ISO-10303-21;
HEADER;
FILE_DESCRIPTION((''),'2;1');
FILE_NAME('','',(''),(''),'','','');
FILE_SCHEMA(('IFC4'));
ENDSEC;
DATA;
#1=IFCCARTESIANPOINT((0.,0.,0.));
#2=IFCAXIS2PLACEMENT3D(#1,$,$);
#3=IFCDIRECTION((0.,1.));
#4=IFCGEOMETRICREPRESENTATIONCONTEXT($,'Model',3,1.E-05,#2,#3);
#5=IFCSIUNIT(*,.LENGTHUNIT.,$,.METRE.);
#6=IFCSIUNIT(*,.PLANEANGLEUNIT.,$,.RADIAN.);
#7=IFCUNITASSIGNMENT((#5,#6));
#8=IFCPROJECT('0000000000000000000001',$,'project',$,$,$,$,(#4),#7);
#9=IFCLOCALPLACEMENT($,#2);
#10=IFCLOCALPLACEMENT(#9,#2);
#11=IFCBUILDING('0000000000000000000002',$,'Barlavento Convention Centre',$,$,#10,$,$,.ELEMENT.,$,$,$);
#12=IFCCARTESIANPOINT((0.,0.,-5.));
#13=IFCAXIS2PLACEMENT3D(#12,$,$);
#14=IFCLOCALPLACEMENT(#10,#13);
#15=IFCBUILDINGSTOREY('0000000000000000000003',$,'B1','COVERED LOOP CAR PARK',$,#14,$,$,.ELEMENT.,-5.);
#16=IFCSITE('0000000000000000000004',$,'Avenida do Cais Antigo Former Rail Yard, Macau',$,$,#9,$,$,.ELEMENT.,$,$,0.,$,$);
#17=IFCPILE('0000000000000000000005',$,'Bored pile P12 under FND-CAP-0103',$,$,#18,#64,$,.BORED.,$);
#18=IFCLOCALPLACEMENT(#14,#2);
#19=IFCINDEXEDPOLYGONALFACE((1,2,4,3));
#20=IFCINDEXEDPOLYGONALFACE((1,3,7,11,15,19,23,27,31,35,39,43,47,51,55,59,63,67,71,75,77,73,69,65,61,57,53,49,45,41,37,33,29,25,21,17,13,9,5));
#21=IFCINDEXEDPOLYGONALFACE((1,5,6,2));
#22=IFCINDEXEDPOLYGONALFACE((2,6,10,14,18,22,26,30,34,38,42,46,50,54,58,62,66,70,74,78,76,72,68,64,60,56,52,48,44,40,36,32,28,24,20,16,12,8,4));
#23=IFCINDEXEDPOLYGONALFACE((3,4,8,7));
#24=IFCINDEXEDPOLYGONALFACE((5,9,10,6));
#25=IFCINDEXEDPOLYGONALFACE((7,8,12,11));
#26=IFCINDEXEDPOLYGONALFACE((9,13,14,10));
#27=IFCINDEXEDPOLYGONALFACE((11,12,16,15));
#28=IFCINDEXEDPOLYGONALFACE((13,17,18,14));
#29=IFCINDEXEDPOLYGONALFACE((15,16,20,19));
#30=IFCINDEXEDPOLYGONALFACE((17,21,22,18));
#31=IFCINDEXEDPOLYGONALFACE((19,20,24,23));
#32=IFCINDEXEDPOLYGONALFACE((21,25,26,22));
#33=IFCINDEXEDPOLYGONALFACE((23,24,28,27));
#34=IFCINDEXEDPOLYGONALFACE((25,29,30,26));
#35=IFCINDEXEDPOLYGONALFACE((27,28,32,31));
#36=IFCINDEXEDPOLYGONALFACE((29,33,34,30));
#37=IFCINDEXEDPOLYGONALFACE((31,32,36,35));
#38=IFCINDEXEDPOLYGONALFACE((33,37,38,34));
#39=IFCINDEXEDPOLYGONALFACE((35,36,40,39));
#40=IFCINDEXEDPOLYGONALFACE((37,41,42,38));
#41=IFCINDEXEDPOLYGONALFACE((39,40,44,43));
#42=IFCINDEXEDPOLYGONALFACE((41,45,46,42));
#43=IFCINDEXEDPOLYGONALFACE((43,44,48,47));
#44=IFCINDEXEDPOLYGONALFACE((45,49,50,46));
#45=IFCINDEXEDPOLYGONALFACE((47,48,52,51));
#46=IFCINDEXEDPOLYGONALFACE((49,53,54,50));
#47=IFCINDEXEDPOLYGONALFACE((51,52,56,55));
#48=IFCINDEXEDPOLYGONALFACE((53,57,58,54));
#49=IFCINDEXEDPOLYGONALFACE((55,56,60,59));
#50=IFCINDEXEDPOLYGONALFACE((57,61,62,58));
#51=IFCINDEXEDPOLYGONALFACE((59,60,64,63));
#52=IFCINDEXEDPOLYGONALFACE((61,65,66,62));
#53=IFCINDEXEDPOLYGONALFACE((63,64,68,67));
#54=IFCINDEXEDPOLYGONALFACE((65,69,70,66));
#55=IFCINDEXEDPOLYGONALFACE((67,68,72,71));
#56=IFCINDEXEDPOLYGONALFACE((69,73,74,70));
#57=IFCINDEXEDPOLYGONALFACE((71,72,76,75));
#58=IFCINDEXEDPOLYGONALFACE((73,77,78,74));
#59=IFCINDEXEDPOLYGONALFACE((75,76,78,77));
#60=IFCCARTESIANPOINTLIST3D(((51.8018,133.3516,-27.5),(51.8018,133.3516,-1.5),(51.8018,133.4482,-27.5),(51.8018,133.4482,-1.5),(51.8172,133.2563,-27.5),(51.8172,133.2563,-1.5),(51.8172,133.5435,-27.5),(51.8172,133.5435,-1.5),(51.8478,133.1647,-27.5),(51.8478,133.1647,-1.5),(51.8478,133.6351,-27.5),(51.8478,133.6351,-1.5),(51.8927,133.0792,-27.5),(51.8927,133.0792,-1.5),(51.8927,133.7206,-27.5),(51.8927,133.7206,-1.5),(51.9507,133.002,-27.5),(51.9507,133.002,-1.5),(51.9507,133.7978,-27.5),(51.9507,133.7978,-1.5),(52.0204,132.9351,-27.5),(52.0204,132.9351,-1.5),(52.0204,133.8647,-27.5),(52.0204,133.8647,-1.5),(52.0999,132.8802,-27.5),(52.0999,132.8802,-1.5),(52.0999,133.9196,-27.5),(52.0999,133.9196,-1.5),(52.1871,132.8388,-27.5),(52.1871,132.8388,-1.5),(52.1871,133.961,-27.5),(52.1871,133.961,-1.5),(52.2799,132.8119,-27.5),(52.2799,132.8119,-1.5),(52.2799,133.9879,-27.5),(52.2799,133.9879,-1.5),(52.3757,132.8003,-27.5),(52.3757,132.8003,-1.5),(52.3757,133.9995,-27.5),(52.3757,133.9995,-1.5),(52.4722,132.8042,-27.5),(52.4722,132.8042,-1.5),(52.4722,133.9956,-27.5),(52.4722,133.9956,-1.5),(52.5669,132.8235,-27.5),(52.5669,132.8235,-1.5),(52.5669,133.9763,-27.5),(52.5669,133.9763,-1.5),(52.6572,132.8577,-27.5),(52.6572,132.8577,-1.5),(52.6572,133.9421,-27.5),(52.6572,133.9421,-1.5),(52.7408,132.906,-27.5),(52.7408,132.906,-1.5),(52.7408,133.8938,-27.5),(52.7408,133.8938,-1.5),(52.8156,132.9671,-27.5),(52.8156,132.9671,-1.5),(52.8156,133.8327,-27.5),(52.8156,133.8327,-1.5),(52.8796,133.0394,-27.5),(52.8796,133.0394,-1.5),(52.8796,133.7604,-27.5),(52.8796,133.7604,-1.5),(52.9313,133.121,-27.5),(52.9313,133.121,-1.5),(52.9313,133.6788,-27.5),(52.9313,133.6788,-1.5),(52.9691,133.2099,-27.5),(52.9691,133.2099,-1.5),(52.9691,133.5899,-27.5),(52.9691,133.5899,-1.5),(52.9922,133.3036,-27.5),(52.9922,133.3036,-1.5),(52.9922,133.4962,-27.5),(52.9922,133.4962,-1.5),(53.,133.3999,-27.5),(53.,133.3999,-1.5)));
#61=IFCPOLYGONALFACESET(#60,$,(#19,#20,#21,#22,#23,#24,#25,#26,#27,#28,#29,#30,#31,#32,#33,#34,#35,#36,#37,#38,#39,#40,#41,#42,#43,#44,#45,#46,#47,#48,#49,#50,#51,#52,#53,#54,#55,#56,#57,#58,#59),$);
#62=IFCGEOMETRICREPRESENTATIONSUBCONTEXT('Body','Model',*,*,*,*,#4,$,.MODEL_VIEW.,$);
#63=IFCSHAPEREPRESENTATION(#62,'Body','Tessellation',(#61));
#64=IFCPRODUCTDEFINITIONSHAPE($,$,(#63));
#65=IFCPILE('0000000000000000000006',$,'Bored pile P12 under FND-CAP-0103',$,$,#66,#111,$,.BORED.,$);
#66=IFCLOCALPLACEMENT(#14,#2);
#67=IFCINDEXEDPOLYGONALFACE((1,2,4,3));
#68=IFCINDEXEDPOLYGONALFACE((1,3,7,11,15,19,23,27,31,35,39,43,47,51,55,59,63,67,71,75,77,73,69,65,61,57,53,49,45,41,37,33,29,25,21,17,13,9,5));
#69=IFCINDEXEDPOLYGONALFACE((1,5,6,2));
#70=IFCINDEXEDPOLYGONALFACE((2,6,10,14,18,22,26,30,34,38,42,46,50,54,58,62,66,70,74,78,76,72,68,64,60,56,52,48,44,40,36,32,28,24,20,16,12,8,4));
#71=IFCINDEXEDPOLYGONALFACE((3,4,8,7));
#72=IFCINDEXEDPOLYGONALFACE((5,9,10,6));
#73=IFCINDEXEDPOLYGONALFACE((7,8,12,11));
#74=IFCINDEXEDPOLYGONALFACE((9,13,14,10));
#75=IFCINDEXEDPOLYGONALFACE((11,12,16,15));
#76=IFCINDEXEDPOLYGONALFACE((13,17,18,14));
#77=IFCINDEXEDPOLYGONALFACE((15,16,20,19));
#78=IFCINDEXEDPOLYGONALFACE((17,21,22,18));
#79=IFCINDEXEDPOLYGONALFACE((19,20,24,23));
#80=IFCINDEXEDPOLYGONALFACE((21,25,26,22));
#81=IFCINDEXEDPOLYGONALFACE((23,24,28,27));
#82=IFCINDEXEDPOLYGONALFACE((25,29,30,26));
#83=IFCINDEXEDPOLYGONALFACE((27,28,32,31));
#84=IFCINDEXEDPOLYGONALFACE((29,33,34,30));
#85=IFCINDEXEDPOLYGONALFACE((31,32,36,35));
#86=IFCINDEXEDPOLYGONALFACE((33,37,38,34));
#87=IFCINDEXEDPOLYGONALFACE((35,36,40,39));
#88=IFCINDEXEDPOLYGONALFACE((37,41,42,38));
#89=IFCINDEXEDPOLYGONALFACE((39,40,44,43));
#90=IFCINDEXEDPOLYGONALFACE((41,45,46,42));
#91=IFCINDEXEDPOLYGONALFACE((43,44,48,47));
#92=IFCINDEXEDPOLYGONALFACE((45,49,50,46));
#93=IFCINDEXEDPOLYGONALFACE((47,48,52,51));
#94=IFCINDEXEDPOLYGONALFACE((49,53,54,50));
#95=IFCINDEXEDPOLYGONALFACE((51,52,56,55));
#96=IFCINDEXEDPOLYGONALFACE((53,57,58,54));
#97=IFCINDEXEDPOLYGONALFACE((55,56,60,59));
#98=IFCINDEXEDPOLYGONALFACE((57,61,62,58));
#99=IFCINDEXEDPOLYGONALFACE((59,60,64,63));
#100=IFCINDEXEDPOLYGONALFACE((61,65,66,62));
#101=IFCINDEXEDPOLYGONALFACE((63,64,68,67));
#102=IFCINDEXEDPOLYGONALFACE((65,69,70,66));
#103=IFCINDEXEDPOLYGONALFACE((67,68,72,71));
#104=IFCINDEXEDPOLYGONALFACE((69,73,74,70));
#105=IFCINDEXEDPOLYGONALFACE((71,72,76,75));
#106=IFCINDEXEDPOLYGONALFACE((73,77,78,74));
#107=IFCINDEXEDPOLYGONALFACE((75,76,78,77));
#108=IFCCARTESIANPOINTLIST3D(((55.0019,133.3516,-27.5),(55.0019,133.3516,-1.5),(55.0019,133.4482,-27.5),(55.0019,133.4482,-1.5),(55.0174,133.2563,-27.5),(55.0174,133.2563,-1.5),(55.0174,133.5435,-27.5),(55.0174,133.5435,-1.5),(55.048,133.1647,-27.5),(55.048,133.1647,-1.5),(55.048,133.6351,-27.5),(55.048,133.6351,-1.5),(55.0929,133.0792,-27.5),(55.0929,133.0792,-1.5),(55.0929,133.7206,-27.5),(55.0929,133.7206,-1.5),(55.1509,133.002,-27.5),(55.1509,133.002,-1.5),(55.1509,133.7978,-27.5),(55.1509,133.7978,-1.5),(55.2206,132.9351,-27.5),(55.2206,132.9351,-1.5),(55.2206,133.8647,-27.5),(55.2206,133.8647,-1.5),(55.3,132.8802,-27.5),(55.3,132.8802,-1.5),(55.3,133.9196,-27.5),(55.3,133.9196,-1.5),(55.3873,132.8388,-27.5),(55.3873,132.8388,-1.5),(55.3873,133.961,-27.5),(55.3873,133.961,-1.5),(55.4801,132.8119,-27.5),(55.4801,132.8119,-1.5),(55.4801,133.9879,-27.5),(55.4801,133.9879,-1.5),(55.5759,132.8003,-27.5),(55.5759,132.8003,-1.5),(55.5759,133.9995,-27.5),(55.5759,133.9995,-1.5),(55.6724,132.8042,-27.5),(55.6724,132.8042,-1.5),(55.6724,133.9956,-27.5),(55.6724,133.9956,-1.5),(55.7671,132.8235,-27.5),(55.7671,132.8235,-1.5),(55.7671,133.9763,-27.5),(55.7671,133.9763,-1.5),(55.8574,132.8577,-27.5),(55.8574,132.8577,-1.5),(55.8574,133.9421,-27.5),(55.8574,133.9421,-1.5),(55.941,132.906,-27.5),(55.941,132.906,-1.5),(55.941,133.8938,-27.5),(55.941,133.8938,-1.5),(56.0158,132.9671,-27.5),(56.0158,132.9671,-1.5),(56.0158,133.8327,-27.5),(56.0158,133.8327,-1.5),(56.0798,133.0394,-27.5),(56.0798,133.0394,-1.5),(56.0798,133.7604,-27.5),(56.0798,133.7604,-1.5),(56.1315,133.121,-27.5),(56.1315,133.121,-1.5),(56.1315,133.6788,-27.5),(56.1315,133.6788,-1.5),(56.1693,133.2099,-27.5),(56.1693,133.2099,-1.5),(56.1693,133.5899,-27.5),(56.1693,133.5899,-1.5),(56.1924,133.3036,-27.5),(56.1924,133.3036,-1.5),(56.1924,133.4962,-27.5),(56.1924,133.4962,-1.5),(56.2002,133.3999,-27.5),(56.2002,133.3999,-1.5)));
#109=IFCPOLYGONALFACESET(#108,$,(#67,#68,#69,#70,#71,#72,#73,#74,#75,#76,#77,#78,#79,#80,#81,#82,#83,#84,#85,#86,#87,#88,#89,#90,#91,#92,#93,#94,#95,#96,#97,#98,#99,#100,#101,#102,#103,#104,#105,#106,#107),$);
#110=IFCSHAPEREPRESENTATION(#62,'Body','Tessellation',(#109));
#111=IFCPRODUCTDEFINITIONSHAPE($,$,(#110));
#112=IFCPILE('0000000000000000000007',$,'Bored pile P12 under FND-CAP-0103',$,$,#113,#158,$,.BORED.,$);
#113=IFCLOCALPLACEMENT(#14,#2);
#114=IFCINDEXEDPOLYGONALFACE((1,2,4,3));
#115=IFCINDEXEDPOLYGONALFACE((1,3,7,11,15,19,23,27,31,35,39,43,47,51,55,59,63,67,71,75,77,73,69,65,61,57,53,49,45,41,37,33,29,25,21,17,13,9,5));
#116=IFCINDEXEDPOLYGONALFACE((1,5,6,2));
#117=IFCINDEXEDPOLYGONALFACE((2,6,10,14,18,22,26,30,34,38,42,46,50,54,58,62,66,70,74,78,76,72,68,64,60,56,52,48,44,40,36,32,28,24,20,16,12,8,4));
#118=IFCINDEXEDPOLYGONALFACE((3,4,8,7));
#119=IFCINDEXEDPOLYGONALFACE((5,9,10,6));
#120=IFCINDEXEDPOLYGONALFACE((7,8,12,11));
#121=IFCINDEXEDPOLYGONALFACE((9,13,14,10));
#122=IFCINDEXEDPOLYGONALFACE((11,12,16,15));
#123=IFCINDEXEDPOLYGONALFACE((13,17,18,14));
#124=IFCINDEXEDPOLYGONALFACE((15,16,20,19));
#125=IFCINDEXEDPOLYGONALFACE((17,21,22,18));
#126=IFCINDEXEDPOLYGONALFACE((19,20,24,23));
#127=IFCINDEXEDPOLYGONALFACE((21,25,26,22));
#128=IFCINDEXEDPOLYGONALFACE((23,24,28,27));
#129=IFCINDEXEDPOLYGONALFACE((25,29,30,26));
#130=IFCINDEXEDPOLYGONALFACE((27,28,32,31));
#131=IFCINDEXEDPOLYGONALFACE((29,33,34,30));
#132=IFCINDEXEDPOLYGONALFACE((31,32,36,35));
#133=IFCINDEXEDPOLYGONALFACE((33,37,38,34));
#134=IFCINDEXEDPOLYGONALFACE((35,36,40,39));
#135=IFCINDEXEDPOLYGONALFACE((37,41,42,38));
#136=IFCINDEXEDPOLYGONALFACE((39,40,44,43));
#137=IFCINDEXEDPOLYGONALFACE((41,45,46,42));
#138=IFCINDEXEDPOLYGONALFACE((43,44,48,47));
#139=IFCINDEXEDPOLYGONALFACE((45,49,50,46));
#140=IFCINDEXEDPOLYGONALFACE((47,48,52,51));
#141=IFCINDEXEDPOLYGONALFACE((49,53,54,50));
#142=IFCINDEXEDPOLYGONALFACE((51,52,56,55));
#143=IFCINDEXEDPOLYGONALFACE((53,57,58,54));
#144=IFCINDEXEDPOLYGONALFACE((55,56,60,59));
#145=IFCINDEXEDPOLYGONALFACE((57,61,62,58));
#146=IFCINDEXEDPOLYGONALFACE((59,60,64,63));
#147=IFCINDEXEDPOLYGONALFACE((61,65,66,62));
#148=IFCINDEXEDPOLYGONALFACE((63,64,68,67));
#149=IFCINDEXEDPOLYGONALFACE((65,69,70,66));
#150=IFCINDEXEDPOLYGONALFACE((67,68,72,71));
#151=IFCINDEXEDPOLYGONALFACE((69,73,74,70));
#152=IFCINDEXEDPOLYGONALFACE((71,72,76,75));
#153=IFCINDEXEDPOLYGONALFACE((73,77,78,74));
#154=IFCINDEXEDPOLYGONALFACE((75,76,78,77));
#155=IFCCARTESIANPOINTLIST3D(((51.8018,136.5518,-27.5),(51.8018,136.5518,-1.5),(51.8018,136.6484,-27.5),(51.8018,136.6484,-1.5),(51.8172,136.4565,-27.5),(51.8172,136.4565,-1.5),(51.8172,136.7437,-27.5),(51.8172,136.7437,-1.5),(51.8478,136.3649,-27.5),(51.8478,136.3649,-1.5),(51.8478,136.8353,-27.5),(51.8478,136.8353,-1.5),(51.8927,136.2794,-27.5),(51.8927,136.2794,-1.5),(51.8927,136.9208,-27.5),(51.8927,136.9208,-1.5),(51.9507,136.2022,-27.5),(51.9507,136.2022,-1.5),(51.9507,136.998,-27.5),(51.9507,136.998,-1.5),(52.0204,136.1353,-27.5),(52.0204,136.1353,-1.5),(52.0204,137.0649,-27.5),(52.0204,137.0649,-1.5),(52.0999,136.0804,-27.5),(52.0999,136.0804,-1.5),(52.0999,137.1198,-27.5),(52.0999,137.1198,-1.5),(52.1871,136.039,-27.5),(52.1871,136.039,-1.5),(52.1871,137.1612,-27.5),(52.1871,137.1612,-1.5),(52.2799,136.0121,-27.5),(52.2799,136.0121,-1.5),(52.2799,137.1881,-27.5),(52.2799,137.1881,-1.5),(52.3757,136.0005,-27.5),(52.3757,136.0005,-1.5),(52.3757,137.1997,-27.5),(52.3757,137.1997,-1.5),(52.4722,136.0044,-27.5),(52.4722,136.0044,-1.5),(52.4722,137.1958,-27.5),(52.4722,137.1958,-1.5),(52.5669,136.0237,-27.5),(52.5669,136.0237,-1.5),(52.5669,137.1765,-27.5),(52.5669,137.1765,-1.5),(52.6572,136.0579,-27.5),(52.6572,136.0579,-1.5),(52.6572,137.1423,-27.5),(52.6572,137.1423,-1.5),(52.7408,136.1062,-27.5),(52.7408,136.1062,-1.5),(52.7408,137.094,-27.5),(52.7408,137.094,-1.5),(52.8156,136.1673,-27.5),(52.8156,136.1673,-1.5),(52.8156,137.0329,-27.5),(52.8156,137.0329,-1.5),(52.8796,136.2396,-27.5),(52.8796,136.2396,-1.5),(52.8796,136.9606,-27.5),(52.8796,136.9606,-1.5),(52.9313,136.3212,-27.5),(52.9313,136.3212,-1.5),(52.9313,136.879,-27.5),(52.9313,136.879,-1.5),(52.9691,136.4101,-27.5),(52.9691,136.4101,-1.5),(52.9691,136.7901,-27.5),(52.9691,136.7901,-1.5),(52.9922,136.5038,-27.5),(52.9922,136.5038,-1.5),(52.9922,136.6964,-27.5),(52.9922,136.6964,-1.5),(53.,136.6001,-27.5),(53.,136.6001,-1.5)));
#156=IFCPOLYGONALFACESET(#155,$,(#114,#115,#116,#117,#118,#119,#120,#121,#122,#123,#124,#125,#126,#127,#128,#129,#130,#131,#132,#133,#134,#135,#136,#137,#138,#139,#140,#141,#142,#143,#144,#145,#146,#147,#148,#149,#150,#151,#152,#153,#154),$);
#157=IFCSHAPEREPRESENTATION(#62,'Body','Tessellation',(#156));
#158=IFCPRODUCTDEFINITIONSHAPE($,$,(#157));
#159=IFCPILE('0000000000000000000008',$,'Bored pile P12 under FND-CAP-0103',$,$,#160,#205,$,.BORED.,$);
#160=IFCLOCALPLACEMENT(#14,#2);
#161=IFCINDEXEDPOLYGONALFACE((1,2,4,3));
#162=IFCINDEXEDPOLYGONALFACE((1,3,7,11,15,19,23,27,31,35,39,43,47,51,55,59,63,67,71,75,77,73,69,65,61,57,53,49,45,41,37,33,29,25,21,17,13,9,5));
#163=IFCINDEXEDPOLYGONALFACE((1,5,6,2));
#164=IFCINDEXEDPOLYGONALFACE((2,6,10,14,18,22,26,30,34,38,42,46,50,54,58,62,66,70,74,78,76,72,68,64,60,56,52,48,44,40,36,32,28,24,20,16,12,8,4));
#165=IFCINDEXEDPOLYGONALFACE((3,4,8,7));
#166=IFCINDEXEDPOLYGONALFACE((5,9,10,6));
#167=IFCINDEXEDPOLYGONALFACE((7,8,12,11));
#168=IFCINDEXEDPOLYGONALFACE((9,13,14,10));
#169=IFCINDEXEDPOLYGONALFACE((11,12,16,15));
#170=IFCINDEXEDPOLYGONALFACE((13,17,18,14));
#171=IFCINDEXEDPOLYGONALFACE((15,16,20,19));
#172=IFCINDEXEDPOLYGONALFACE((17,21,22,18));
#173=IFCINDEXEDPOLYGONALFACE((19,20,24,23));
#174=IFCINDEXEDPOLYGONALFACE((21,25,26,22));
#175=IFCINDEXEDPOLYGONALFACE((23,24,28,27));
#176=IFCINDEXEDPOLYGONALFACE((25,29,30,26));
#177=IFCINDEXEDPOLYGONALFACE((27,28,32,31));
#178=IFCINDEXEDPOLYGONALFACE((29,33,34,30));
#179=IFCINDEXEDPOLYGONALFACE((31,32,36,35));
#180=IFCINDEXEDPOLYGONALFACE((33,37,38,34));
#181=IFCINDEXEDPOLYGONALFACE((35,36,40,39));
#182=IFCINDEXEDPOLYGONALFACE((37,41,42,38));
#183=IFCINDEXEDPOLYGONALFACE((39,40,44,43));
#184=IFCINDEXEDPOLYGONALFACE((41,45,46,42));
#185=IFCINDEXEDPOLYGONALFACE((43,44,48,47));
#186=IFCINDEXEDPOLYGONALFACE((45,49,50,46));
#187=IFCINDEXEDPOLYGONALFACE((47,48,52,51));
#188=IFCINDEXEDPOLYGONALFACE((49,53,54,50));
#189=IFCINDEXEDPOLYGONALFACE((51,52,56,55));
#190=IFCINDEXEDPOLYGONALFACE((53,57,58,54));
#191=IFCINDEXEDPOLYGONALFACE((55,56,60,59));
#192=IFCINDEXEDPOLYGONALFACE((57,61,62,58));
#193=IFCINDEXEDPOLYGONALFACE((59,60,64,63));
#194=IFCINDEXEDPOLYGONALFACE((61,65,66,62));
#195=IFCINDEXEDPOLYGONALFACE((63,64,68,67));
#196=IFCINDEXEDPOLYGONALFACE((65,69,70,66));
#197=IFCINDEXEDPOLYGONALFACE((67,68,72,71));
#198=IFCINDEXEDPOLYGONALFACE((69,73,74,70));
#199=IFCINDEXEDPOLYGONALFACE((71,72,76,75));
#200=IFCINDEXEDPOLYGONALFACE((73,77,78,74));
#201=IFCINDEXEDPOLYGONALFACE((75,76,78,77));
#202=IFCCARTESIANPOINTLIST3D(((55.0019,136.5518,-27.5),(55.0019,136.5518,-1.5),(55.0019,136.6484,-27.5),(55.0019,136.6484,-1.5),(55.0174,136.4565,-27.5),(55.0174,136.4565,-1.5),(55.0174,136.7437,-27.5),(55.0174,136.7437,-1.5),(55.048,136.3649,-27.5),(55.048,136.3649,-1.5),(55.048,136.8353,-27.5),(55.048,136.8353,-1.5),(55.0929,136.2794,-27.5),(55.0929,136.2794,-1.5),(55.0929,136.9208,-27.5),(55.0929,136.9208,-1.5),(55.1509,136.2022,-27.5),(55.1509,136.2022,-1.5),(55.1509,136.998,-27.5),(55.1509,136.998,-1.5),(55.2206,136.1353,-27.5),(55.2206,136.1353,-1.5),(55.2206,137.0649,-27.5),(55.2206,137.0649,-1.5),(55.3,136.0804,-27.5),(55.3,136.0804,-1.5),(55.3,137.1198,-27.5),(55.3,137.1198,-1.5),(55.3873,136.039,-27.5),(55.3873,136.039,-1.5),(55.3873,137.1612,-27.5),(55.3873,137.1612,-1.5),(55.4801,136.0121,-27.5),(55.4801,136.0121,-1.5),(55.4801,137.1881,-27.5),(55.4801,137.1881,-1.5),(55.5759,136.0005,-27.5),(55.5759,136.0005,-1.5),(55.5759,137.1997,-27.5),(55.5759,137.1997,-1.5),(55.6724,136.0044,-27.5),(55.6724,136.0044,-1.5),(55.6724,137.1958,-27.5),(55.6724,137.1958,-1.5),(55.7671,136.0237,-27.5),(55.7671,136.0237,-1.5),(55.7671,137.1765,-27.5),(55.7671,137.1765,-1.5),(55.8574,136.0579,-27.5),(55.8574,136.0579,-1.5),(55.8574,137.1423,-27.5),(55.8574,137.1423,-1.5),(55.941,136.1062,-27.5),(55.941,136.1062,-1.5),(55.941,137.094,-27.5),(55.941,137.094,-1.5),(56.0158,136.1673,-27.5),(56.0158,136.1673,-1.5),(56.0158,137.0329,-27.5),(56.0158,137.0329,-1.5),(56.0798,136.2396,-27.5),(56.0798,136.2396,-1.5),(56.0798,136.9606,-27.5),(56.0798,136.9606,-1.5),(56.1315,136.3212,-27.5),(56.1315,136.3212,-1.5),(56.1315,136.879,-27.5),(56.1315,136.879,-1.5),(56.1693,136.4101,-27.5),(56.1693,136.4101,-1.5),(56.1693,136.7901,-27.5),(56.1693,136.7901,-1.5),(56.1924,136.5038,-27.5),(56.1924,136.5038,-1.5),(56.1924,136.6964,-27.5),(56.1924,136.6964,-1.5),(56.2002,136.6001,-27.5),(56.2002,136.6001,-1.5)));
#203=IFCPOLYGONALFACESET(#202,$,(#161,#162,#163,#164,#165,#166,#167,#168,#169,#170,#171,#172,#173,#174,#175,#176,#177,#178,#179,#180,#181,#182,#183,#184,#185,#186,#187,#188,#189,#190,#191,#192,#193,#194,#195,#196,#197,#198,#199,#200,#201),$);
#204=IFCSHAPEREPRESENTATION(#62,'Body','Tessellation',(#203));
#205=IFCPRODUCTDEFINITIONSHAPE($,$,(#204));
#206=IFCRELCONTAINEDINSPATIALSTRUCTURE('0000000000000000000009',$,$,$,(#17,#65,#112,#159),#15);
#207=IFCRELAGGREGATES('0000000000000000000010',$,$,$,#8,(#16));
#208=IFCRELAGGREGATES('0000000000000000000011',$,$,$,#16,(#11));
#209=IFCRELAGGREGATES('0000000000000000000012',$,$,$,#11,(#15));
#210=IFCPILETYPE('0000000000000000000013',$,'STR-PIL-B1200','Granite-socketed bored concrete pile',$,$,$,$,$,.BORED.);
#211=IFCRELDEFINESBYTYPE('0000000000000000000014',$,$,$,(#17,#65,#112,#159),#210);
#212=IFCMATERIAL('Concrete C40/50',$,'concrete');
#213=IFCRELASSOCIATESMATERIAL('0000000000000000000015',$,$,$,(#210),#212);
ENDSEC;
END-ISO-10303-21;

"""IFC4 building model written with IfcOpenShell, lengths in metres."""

from ifc_helpers import new_model, si_unit, direction, frame, origin, origin_2d, place, context, subcontext, project, spatial, circle, extrude, material, material_profile, profile_set, type_object, element, save


model = new_model("IFC4")

# Units and contexts
model_context = context("Model", 3, precision=1e-05, world=origin(), true_north=direction((0.0, 1.0)))
body_context = subcontext(model_context, "Body", "Model", "MODEL_VIEW")
ifc_project = project(units=[si_unit("LENGTHUNIT", "METRE"), si_unit("PLANEANGLEUNIT", "RADIAN")], contexts=[model_context])

# Site, building, storey
site_placement = place(None, origin())
site = spatial("IfcSite", under=ifc_project, at=site_placement, Name="Avenida do Cais Antigo Former Rail Yard, Macau", CompositionType="ELEMENT", RefElevation=0.0)
building_placement = place(site_placement, origin())
building = spatial("IfcBuilding", under=site, at=building_placement, Name="Barlavento Convention Centre", CompositionType="ELEMENT")
storey_placement = place(building_placement, frame((0.0, 0.0, -5.0)))
storey = spatial("IfcBuildingStorey", under=building, at=storey_placement, Name="B1", Description="COVERED LOOP CAR PARK", CompositionType="ELEMENT", Elevation=-5.0)

# Shared definitions
ifc_material_1 = material(Name="Concrete C40/50", Category="concrete")

# Piles
ifc_material_profile_1 = material_profile(ifc_material_1, circle(Radius=0.6001, at=origin_2d()), Name="BORED PILE 1200")
ifc_profile_set_1 = profile_set([ifc_material_profile_1], Name="Concrete C40/50")
pile_type_1 = type_object("IfcPileType", Name="STR-PIL-B1200", Description="Granite-socketed bored concrete pile", PredefinedType="BORED", material=ifc_profile_set_1)
for number, where, z_axis, x_axis, name in (
    (1, (52.3999, 133.3999, -1.5), (0.0, 0.0, -1.0), (1.0, 0.0, 0.0), "Bored pile P12 under FND-CAP-0103"),
    (2, (55.6001, 133.3999, -1.5), (0.0, 0.0, -1.0), (1.0, 0.0, 0.0), "Bored pile P12 under FND-CAP-0103"),
    (3, (52.3999, 136.6001, -1.5), (0.0, 0.0, -1.0), (1.0, 0.0, 0.0), "Bored pile P12 under FND-CAP-0103"),
    (4, (55.6001, 136.6001, -1.5), (0.0, 0.0, -1.0), (1.0, 0.0, 0.0), "Bored pile P12 under FND-CAP-0103"),
):
    element("IfcPile", number, at=place(storey_placement, frame(where, z_axis=z_axis, x_axis=x_axis)), inside=storey, type_object=pile_type_1, Name=name, PredefinedType="BORED", context=body_context, shape_type="SweptSolid", body=[
        extrude(circle(Radius=0.6001, at=origin_2d()), origin(), (0.0, 0.0, 1.0), 26.0),
    ])

save(model, "model.ifc")
